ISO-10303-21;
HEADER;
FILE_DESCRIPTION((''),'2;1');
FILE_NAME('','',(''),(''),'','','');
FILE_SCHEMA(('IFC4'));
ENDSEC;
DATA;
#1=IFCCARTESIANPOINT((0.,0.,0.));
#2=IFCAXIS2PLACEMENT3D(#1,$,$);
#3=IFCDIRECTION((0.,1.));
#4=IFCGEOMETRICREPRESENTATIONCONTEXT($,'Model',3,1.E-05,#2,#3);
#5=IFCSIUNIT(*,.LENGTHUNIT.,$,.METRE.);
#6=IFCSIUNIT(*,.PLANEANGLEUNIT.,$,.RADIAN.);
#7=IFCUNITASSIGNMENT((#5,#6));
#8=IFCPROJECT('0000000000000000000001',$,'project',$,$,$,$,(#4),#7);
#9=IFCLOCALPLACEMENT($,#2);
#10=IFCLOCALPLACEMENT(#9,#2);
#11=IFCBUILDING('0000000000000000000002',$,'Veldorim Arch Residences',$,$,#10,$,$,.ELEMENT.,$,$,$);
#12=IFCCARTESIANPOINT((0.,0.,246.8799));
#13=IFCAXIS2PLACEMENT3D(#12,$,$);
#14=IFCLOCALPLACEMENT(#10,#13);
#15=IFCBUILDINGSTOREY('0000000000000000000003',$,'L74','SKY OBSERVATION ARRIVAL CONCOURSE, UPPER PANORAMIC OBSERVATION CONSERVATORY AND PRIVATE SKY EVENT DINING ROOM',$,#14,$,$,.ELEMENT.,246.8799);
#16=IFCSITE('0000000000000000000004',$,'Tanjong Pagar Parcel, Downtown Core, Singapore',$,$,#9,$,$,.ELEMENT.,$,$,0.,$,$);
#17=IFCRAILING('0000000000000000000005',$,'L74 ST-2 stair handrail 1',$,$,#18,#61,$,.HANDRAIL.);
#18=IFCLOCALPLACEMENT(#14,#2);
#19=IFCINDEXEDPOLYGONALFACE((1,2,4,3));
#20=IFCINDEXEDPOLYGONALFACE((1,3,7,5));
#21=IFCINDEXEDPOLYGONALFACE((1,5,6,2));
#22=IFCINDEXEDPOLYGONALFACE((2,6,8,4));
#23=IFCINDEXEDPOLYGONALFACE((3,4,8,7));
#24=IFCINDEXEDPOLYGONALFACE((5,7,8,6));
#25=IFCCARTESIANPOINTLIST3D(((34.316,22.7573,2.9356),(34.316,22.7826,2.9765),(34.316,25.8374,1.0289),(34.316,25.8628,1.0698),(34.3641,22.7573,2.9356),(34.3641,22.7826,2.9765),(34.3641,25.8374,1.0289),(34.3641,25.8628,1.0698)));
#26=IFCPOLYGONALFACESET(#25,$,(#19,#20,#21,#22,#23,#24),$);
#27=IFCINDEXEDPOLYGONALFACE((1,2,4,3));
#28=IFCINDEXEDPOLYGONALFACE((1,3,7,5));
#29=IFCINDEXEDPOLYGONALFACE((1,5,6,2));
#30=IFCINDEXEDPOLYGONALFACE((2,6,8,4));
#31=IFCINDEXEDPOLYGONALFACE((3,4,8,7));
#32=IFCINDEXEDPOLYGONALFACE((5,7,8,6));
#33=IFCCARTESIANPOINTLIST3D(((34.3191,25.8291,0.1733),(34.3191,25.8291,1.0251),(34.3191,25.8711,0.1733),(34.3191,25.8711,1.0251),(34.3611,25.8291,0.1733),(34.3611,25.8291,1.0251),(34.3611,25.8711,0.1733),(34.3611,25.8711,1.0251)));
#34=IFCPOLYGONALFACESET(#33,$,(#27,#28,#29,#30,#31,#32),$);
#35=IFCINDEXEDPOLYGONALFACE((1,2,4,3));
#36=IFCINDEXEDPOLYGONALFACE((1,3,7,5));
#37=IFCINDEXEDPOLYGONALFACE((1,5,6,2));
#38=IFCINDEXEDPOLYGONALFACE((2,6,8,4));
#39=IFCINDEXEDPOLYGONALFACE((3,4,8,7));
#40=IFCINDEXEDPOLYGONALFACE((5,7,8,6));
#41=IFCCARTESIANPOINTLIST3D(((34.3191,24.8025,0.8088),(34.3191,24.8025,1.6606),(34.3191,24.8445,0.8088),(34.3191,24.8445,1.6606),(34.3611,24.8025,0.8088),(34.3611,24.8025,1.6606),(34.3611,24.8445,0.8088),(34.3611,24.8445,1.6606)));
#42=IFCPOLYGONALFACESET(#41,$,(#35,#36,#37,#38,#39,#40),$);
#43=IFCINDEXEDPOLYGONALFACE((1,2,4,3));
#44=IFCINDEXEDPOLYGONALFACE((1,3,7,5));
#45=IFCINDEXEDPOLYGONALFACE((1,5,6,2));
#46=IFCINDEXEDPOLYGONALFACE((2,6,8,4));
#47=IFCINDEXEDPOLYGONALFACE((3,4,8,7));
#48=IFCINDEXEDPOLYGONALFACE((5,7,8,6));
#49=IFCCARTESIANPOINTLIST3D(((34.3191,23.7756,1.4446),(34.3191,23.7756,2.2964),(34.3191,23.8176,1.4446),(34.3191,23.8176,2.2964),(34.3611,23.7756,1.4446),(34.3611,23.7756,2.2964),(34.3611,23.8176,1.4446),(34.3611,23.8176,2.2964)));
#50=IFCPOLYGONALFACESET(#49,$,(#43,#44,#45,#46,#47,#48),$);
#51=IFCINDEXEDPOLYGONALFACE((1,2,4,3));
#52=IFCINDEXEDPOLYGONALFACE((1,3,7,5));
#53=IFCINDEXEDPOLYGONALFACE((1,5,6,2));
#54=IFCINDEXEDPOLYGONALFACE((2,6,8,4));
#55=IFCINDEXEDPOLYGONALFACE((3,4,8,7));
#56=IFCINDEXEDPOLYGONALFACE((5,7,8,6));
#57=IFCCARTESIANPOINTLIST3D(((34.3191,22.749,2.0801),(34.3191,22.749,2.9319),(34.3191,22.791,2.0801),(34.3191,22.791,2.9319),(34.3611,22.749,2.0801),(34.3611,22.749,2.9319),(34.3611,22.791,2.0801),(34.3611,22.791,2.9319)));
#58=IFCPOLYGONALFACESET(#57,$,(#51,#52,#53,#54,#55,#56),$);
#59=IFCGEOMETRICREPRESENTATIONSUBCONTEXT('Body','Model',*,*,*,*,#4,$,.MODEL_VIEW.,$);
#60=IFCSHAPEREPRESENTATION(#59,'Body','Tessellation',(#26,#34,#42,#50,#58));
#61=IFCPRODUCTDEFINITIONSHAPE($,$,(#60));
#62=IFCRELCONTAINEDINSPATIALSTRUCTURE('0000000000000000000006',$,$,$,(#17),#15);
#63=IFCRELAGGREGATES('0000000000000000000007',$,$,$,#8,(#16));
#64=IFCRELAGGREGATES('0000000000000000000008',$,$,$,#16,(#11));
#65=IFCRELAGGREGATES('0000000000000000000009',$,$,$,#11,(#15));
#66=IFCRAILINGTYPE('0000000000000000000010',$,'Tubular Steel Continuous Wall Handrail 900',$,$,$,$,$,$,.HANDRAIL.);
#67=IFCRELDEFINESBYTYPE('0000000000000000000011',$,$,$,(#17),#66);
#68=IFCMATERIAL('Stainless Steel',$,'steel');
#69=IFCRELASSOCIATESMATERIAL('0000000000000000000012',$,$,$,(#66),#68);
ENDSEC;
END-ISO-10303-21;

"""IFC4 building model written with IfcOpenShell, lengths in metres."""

from ifc_helpers import new_model, si_unit, direction, frame, origin, origin_2d, place, context, subcontext, project, spatial, rectangle, extrude, material, type_object, element, save


model = new_model("IFC4")

# Units and contexts
model_context = context("Model", 3, precision=1e-05, world=origin(), true_north=direction((0.0, 1.0)))
body_context = subcontext(model_context, "Body", "Model", "MODEL_VIEW")
ifc_project = project(units=[si_unit("LENGTHUNIT", "METRE"), si_unit("PLANEANGLEUNIT", "RADIAN")], contexts=[model_context])

# Site, building, storey
site_placement = place(None, origin())
site = spatial("IfcSite", under=ifc_project, at=site_placement, Name="Tanjong Pagar Parcel, Downtown Core, Singapore", CompositionType="ELEMENT", RefElevation=0.0)
building_placement = place(site_placement, origin())
building = spatial("IfcBuilding", under=site, at=building_placement, Name="Veldorim Arch Residences", CompositionType="ELEMENT")
storey_placement = place(building_placement, frame((0.0, 0.0, 246.8799)))
storey = spatial("IfcBuildingStorey", under=building, at=storey_placement, Name="L74", Description="SKY OBSERVATION ARRIVAL CONCOURSE, UPPER PANORAMIC OBSERVATION CONSERVATORY AND PRIVATE SKY EVENT DINING ROOM", CompositionType="ELEMENT", Elevation=246.8799)

# Railing
ifc_material_1 = material(Name="Stainless Steel", Category="steel")
railing_type_1 = type_object("IfcRailingType", Name="Tubular Steel Continuous Wall Handrail 900", PredefinedType="HANDRAIL", material=ifc_material_1)
railing_1_placement = place(storey_placement, frame((34.3401, 25.8501, 0.1733)))
element("IfcRailing", 1, at=railing_1_placement, inside=storey, type_object=railing_type_1, Name="L74 ST-2 stair handrail 1", PredefinedType="HANDRAIL", context=body_context, shape_type="SweptSolid", body=[
    extrude(rectangle(XDim=0.0481, YDim=0.0481, at=origin_2d()), frame((0.0, 0.0, 0.876), z_axis=(0.0, -0.850262, 0.526359), x_axis=(1.0, 0.0, 0.0)), (0.0, 0.0, 1.0), 3.6226),
    extrude(rectangle(XDim=0.042, YDim=0.042, at=origin_2d()), origin(), (0.0, 0.0, 1.0), 0.8518),
    extrude(rectangle(XDim=0.042, YDim=0.042, at=origin_2d()), frame((0.0, -1.0266, 0.6355)), (0.0, 0.0, 1.0), 0.8518),
    extrude(rectangle(XDim=0.042, YDim=0.042, at=origin_2d()), frame((0.0, -2.0535, 1.2712)), (0.0, 0.0, 1.0), 0.8518),
    extrude(rectangle(XDim=0.042, YDim=0.042, at=origin_2d()), frame((0.0, -3.0801, 1.9067)), (0.0, 0.0, 1.0), 0.8518),
])

save(model, "model.ifc")
